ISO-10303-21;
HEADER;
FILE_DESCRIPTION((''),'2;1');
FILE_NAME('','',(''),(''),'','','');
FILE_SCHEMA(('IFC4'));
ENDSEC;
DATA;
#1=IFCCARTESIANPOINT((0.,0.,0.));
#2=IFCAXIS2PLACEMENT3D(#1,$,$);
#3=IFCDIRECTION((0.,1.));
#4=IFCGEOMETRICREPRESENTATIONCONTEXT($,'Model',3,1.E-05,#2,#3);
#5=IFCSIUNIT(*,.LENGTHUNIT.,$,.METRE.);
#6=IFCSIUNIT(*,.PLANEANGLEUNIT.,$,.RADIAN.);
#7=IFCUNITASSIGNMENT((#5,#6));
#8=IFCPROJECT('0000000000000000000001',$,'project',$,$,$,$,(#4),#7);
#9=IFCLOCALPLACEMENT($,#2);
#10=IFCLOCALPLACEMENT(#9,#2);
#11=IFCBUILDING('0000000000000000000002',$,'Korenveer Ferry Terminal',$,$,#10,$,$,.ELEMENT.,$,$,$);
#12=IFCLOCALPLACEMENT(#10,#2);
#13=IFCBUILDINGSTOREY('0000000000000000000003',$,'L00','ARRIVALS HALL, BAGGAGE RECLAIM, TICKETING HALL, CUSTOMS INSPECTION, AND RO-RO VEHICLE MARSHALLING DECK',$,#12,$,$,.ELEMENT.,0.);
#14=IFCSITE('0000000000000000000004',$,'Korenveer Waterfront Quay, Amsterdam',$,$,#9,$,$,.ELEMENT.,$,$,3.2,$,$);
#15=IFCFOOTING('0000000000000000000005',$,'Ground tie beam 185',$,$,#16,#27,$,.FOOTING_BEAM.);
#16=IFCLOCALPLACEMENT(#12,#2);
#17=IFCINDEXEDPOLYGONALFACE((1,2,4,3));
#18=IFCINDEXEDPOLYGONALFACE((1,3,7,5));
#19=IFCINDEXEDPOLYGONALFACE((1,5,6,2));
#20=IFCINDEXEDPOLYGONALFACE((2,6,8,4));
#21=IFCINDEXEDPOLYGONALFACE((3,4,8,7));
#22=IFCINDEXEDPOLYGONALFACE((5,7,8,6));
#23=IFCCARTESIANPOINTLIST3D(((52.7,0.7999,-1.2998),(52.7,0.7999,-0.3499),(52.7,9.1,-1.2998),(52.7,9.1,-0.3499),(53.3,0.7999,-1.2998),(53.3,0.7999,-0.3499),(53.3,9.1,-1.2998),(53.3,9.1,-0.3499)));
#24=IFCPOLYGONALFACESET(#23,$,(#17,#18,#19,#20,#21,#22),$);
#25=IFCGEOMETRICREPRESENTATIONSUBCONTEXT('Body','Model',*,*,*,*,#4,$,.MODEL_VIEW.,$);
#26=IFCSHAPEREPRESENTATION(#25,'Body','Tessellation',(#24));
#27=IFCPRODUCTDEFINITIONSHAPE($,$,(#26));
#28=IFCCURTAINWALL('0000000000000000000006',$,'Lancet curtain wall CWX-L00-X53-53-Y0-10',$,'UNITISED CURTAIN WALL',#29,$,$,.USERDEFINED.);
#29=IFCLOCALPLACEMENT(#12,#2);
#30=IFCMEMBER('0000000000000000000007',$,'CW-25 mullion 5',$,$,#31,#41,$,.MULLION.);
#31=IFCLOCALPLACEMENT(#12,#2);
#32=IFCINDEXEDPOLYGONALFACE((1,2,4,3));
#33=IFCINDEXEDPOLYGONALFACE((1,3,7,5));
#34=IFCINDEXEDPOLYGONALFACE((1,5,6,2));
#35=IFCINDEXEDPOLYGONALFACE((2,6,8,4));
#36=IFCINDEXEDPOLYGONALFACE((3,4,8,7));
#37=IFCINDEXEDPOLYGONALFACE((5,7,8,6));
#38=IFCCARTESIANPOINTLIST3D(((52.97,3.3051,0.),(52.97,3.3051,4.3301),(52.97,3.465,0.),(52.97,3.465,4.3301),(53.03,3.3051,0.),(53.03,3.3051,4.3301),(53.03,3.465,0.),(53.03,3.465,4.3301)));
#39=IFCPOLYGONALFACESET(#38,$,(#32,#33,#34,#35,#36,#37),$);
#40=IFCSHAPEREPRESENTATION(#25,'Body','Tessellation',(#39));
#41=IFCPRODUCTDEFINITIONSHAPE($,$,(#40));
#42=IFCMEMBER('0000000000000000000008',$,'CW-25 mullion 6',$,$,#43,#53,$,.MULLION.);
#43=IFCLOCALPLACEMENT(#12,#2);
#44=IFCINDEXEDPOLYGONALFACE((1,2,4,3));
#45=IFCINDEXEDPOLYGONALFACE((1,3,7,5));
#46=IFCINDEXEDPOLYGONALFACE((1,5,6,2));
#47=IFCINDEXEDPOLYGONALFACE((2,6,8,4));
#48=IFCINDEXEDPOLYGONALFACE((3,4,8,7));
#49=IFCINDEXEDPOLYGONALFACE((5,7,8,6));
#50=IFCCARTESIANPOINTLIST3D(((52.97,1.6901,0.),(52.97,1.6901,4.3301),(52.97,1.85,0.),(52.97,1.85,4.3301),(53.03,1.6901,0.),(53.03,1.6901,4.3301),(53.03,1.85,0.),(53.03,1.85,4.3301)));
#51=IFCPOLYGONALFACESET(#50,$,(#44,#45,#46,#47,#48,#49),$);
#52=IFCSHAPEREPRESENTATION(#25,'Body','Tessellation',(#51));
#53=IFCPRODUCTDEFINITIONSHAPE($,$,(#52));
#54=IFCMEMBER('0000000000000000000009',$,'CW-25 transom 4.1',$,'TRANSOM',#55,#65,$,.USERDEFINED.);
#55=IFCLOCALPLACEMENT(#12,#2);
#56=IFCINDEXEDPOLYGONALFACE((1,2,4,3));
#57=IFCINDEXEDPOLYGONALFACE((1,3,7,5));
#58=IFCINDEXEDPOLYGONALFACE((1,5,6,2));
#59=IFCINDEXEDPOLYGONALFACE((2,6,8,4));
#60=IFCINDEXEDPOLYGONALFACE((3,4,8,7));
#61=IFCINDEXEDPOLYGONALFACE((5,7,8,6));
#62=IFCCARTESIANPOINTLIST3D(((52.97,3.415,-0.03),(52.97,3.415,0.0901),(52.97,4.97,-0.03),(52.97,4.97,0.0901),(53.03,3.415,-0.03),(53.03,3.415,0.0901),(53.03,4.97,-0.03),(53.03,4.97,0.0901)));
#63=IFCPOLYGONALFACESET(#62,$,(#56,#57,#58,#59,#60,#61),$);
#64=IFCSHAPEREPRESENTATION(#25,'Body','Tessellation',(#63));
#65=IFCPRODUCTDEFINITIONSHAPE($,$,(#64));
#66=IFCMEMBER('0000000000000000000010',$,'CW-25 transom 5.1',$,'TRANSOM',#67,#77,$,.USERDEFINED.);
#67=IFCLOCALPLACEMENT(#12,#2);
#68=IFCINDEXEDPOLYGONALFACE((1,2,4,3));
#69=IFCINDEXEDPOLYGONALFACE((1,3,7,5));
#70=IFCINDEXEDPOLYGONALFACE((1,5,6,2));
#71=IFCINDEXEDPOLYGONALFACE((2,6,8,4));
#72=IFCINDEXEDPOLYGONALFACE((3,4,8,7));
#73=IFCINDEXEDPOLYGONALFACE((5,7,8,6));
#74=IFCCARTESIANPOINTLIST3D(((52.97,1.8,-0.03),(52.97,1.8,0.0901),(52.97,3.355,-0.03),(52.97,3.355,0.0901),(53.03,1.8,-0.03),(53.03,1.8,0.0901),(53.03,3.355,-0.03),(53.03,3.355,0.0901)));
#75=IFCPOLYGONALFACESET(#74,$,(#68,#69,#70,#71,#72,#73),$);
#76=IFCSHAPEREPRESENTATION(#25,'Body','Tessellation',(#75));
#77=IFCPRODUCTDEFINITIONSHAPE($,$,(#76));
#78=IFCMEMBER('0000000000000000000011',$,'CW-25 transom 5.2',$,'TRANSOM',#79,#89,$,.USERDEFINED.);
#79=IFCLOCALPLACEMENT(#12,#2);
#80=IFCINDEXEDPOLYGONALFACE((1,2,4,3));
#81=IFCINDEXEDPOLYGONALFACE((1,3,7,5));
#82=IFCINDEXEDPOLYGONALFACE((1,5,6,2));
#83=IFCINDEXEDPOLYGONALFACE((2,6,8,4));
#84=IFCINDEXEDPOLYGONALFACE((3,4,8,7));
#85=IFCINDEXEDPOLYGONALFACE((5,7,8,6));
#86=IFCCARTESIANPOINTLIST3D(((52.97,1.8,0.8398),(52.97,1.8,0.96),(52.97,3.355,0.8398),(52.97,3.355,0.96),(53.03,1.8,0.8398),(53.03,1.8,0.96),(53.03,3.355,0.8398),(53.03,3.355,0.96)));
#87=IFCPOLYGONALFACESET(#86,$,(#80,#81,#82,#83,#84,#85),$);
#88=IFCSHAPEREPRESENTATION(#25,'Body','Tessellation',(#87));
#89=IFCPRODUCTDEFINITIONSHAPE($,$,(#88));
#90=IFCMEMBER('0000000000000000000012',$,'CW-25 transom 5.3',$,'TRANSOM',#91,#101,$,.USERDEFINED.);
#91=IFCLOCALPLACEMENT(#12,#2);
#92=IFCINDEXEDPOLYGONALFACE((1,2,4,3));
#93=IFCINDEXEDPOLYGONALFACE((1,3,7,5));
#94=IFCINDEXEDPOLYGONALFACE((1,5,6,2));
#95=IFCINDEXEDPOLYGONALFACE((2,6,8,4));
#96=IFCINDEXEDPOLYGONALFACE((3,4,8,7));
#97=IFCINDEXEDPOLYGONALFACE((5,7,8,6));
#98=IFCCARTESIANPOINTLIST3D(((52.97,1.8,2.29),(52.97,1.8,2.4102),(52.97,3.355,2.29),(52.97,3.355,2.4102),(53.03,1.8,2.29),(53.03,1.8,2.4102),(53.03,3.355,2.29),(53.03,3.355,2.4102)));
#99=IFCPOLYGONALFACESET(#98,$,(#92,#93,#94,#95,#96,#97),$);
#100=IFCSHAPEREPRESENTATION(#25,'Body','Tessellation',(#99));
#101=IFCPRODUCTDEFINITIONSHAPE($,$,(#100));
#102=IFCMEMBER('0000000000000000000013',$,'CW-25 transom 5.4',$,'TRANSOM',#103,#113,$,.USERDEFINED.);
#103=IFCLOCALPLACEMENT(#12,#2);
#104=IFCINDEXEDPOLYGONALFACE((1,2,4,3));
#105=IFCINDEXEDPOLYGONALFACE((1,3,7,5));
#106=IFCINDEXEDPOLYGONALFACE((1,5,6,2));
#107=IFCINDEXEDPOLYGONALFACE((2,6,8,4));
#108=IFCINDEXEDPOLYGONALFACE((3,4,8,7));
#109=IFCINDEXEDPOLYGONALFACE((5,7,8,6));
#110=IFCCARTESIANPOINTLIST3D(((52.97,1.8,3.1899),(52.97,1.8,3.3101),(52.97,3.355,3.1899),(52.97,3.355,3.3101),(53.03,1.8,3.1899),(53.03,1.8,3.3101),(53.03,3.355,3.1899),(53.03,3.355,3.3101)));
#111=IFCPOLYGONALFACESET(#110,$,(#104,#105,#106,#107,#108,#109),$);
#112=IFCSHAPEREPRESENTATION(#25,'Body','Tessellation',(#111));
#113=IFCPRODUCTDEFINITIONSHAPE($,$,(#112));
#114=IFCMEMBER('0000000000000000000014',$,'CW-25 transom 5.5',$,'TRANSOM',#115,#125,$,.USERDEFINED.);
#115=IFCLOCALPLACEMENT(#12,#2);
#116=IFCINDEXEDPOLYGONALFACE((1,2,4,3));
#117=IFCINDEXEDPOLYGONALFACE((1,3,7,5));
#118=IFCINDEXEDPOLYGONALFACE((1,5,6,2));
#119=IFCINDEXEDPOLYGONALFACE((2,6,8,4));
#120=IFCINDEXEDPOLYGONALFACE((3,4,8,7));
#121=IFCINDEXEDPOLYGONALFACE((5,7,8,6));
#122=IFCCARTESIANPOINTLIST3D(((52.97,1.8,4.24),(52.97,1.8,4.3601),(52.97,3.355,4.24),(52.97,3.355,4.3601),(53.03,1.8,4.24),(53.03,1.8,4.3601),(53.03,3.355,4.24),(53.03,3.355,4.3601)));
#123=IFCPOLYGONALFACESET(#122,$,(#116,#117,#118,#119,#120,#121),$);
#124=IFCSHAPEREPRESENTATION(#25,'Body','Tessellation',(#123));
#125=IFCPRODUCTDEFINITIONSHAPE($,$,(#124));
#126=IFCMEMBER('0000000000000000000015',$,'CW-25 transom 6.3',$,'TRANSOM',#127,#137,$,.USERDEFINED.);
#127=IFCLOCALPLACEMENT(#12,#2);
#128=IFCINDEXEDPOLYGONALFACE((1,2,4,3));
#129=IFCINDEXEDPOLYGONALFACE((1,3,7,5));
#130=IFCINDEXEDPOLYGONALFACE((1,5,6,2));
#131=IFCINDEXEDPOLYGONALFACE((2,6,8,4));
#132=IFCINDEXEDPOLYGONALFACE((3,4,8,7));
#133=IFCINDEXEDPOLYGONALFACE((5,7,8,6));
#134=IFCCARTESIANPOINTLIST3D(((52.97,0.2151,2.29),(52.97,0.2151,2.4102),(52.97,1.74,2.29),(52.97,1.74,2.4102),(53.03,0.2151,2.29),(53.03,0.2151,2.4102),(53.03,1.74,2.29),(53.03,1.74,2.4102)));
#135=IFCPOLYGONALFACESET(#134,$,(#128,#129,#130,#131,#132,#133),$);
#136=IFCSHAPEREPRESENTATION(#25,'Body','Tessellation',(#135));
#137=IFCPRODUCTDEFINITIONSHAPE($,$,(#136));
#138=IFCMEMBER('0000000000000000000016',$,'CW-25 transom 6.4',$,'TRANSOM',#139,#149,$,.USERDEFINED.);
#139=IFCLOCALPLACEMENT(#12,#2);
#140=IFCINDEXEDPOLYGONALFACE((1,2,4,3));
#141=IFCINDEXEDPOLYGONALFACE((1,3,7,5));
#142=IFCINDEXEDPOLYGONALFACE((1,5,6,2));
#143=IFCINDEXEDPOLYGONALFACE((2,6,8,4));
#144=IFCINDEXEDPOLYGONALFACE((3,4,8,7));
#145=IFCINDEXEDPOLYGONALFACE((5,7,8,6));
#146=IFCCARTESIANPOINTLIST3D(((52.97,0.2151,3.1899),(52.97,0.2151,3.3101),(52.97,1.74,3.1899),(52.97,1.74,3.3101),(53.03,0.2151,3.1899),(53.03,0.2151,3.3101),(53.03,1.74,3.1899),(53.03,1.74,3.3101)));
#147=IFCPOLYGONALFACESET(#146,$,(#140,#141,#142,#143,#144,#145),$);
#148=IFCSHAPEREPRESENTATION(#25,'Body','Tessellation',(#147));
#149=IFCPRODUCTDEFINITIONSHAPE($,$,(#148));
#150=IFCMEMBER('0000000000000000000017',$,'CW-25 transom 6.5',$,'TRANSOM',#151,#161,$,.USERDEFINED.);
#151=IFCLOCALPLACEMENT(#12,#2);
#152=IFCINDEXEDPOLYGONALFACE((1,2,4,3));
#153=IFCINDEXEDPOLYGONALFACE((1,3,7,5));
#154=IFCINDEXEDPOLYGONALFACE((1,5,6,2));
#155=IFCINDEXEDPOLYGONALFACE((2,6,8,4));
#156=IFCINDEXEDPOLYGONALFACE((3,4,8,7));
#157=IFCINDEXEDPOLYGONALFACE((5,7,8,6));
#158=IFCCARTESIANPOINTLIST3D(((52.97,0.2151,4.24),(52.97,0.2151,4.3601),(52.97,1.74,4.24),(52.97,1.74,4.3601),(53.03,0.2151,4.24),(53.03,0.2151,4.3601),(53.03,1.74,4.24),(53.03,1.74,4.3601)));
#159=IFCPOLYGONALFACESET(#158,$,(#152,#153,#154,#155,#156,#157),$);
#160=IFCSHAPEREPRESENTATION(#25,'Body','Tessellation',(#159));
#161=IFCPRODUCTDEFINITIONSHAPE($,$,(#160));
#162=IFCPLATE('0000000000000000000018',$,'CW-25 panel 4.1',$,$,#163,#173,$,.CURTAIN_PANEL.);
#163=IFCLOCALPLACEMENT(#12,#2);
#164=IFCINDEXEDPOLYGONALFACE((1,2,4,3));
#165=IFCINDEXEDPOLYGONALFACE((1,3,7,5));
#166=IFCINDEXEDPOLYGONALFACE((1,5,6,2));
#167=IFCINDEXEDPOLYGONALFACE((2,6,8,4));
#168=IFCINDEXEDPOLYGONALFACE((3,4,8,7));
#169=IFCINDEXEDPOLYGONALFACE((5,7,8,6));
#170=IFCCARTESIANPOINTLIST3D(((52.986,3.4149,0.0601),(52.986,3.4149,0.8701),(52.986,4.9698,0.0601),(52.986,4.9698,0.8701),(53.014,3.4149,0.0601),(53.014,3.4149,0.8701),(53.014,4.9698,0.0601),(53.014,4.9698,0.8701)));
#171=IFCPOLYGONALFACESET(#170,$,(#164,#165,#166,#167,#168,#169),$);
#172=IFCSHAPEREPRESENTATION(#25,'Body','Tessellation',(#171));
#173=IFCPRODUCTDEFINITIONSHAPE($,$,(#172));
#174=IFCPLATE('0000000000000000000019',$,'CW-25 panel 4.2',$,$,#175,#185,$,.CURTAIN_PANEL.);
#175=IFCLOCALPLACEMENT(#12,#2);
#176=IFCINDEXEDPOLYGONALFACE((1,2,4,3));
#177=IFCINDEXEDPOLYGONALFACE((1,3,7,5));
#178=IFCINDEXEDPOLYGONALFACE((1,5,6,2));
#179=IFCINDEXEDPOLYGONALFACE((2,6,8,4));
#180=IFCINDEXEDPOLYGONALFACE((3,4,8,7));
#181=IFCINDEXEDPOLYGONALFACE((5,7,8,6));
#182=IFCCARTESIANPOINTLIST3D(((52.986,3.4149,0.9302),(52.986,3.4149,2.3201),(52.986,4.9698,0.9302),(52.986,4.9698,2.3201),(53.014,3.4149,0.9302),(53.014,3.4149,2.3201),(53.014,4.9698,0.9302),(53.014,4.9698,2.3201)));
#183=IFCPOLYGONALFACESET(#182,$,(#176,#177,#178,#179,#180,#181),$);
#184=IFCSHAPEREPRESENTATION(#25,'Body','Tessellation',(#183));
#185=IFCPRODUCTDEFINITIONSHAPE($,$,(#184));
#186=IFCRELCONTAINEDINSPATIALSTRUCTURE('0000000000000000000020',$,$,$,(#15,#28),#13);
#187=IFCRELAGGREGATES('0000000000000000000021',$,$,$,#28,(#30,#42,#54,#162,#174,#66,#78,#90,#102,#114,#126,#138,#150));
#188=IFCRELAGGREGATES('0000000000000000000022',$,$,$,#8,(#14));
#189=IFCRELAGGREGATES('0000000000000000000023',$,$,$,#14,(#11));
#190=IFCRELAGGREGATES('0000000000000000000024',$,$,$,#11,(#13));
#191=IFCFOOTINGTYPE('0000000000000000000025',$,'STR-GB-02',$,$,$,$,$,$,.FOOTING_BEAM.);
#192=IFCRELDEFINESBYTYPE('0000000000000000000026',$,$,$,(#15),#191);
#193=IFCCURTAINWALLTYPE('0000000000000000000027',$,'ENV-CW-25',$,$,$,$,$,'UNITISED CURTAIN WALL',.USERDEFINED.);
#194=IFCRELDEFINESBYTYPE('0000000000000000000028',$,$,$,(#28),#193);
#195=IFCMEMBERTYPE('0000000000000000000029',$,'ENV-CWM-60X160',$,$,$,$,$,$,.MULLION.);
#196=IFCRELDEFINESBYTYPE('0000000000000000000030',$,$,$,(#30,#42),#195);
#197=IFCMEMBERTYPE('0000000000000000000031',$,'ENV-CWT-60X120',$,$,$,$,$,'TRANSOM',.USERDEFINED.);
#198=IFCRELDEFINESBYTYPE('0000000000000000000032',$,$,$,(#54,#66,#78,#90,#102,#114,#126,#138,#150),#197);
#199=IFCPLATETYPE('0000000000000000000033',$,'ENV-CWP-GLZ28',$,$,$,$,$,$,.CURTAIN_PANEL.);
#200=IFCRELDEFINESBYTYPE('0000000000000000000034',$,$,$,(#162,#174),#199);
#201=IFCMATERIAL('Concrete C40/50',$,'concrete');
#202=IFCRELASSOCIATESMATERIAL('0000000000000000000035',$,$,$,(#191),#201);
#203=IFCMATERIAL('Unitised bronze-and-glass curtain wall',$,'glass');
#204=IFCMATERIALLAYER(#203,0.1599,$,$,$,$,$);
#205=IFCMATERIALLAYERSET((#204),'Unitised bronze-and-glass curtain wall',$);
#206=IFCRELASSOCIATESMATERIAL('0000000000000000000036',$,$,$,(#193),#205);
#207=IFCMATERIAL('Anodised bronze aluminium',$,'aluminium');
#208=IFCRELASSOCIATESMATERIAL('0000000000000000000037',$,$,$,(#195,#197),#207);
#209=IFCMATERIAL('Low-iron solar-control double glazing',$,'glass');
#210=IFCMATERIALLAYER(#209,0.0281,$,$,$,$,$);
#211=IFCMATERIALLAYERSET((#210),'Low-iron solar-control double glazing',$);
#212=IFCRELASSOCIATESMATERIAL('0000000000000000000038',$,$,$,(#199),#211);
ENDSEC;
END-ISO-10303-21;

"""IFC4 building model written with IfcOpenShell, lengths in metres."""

from ifc_helpers import new_model, si_unit, direction, frame, origin, origin_2d, place, context, subcontext, project, spatial, rectangle, extrude, material, layer, layer_set, material_profile, profile_set, type_object, element, aggregate, save


model = new_model("IFC4")

# Units and contexts
model_context = context("Model", 3, precision=1e-05, world=origin(), true_north=direction((0.0, 1.0)))
body_context = subcontext(model_context, "Body", "Model", "MODEL_VIEW")
ifc_project = project(units=[si_unit("LENGTHUNIT", "METRE"), si_unit("PLANEANGLEUNIT", "RADIAN")], contexts=[model_context])

# Site, building, storey
site_placement = place(None, origin())
site = spatial("IfcSite", under=ifc_project, at=site_placement, Name="Korenveer Waterfront Quay, Amsterdam", CompositionType="ELEMENT", RefElevation=3.2)
building_placement = place(site_placement, origin())
building = spatial("IfcBuilding", under=site, at=building_placement, Name="Korenveer Ferry Terminal", CompositionType="ELEMENT")
storey_placement = place(building_placement, origin())
storey = spatial("IfcBuildingStorey", under=building, at=storey_placement, Name="L00", Description="ARRIVALS HALL, BAGGAGE RECLAIM, TICKETING HALL, CUSTOMS INSPECTION, AND RO-RO VEHICLE MARSHALLING DECK", CompositionType="ELEMENT", Elevation=0.0)

# Footing
ifc_material_1 = material(Name="Concrete C40/50", Category="concrete")
footing_type = type_object("IfcFootingType", Name="STR-GB-02", PredefinedType="FOOTING_BEAM", material=ifc_material_1)
footing_placement = place(storey_placement, frame((53.0, 4.95, -1.2998), z_axis=(0.0, 0.0, 1.0), x_axis=(1.0, 0.0, 0.0)))
element("IfcFooting", 1, at=footing_placement, inside=storey, type_object=footing_type, Name="Ground tie beam 185", PredefinedType="FOOTING_BEAM", context=body_context, shape_type="SweptSolid", body=[
    extrude(rectangle(XDim=0.6001, YDim=8.3, at=origin_2d()), origin(), (0.0, 0.0, 1.0), 0.95),
])

# Curtain wall, members, plates
ifc_material_2 = material(Name="Unitised bronze-and-glass curtain wall", Category="glass")
ifc_layer_1 = layer(ifc_material_2, 0.1599)
ifc_layer_set_1 = layer_set([ifc_layer_1], Name="Unitised bronze-and-glass curtain wall")
curtain_wall_type = type_object("IfcCurtainWallType", Name="ENV-CW-25", ElementType="UNITISED CURTAIN WALL", PredefinedType="USERDEFINED", material=ifc_layer_set_1)
curtain_wall_placement = place(storey_placement, frame((53.0, 9.845, 0.0)))
curtain_wall = element("IfcCurtainWall", 2, at=curtain_wall_placement, inside=storey, type_object=curtain_wall_type, Name="Lancet curtain wall CWX-L00-X53-53-Y0-10", ObjectType="UNITISED CURTAIN WALL", PredefinedType="USERDEFINED")
ifc_material_3 = material(Name="Anodised bronze aluminium", Category="aluminium")
ifc_material_profile_1 = material_profile(ifc_material_3, rectangle(XDim=0.0601, YDim=0.1599, at=origin_2d()), Name="ALU 60x160")
ifc_profile_set_1 = profile_set([ifc_material_profile_1], Name="Anodised bronze aluminium")
member_type_1 = type_object("IfcMemberType", Name="ENV-CWM-60X160", PredefinedType="MULLION", material=ifc_profile_set_1)
member_1_placement = place(storey_placement, frame((53.0, 3.385, 0.0), z_axis=(0.0, 0.0, 1.0), x_axis=(1.0, 0.0, 0.0)))
member_1 = element("IfcMember", 3, at=member_1_placement, type_object=member_type_1, Name="CW-25 mullion 5", PredefinedType="MULLION", context=body_context, shape_type="SweptSolid", body=[
    extrude(rectangle(XDim=0.0601, YDim=0.1599, at=origin_2d()), origin(), (0.0, 0.0, 1.0), 4.3301),
])
member_2_placement = place(storey_placement, frame((53.0, 1.77, 0.0), z_axis=(0.0, 0.0, 1.0), x_axis=(1.0, 0.0, 0.0)))
member_2 = element("IfcMember", 4, at=member_2_placement, type_object=member_type_1, Name="CW-25 mullion 6", PredefinedType="MULLION", context=body_context, shape_type="SweptSolid", body=[
    extrude(rectangle(XDim=0.0601, YDim=0.1599, at=origin_2d()), origin(), (0.0, 0.0, 1.0), 4.3301),
])
ifc_material_profile_2 = material_profile(ifc_material_3, rectangle(XDim=0.0601, YDim=0.1201, at=origin_2d()), Name="ALU 60x120")
ifc_profile_set_2 = profile_set([ifc_material_profile_2], Name="Anodised bronze aluminium")
member_type_2 = type_object("IfcMemberType", Name="ENV-CWT-60X120", ElementType="TRANSOM", PredefinedType="USERDEFINED", material=ifc_profile_set_2)
member_3_placement = place(storey_placement, frame((53.0, 4.97, 0.03), z_axis=(0.0, -1.0, 0.0), x_axis=(1.0, 0.0, 0.0)))
member_3 = element("IfcMember", 5, at=member_3_placement, type_object=member_type_2, Name="CW-25 transom 4.1", ObjectType="TRANSOM", PredefinedType="USERDEFINED", context=body_context, shape_type="SweptSolid", body=[
    extrude(rectangle(XDim=0.0601, YDim=0.1201, at=origin_2d()), origin(), (0.0, 0.0, 1.0), 1.5549),
])
member_4_placement = place(storey_placement, frame((53.0, 3.355, 0.03), z_axis=(0.0, -1.0, 0.0), x_axis=(1.0, 0.0, 0.0)))
member_4 = element("IfcMember", 6, at=member_4_placement, type_object=member_type_2, Name="CW-25 transom 5.1", ObjectType="TRANSOM", PredefinedType="USERDEFINED", context=body_context, shape_type="SweptSolid", body=[
    extrude(rectangle(XDim=0.0601, YDim=0.1201, at=origin_2d()), origin(), (0.0, 0.0, 1.0), 1.5549),
])
member_5_placement = place(storey_placement, frame((53.0, 3.355, 0.8999), z_axis=(0.0, -1.0, 0.0), x_axis=(1.0, 0.0, 0.0)))
member_5 = element("IfcMember", 7, at=member_5_placement, type_object=member_type_2, Name="CW-25 transom 5.2", ObjectType="TRANSOM", PredefinedType="USERDEFINED", context=body_context, shape_type="SweptSolid", body=[
    extrude(rectangle(XDim=0.0601, YDim=0.1201, at=origin_2d()), origin(), (0.0, 0.0, 1.0), 1.5549),
])
member_6_placement = place(storey_placement, frame((53.0, 3.355, 2.3501), z_axis=(0.0, -1.0, 0.0), x_axis=(1.0, 0.0, 0.0)))
member_6 = element("IfcMember", 8, at=member_6_placement, type_object=member_type_2, Name="CW-25 transom 5.3", ObjectType="TRANSOM", PredefinedType="USERDEFINED", context=body_context, shape_type="SweptSolid", body=[
    extrude(rectangle(XDim=0.0601, YDim=0.1201, at=origin_2d()), origin(), (0.0, 0.0, 1.0), 1.5549),
])
member_7_placement = place(storey_placement, frame((53.0, 3.355, 3.25), z_axis=(0.0, -1.0, 0.0), x_axis=(1.0, 0.0, 0.0)))
member_7 = element("IfcMember", 9, at=member_7_placement, type_object=member_type_2, Name="CW-25 transom 5.4", ObjectType="TRANSOM", PredefinedType="USERDEFINED", context=body_context, shape_type="SweptSolid", body=[
    extrude(rectangle(XDim=0.0601, YDim=0.1201, at=origin_2d()), origin(), (0.0, 0.0, 1.0), 1.5549),
])
member_8_placement = place(storey_placement, frame((53.0, 3.355, 4.3), z_axis=(0.0, -1.0, 0.0), x_axis=(1.0, 0.0, 0.0)))
member_8 = element("IfcMember", 10, at=member_8_placement, type_object=member_type_2, Name="CW-25 transom 5.5", ObjectType="TRANSOM", PredefinedType="USERDEFINED", context=body_context, shape_type="SweptSolid", body=[
    extrude(rectangle(XDim=0.0601, YDim=0.1201, at=origin_2d()), origin(), (0.0, 0.0, 1.0), 1.5549),
])
member_9_placement = place(storey_placement, frame((53.0, 1.74, 2.3501), z_axis=(0.0, -1.0, 0.0), x_axis=(1.0, 0.0, 0.0)))
member_9 = element("IfcMember", 11, at=member_9_placement, type_object=member_type_2, Name="CW-25 transom 6.3", ObjectType="TRANSOM", PredefinedType="USERDEFINED", context=body_context, shape_type="SweptSolid", body=[
    extrude(rectangle(XDim=0.0601, YDim=0.1201, at=origin_2d()), origin(), (0.0, 0.0, 1.0), 1.5249),
])
member_10_placement = place(storey_placement, frame((53.0, 1.74, 3.25), z_axis=(0.0, -1.0, 0.0), x_axis=(1.0, 0.0, 0.0)))
member_10 = element("IfcMember", 12, at=member_10_placement, type_object=member_type_2, Name="CW-25 transom 6.4", ObjectType="TRANSOM", PredefinedType="USERDEFINED", context=body_context, shape_type="SweptSolid", body=[
    extrude(rectangle(XDim=0.0601, YDim=0.1201, at=origin_2d()), origin(), (0.0, 0.0, 1.0), 1.5249),
])
member_11_placement = place(storey_placement, frame((53.0, 1.74, 4.3), z_axis=(0.0, -1.0, 0.0), x_axis=(1.0, 0.0, 0.0)))
member_11 = element("IfcMember", 13, at=member_11_placement, type_object=member_type_2, Name="CW-25 transom 6.5", ObjectType="TRANSOM", PredefinedType="USERDEFINED", context=body_context, shape_type="SweptSolid", body=[
    extrude(rectangle(XDim=0.0601, YDim=0.1201, at=origin_2d()), origin(), (0.0, 0.0, 1.0), 1.5249),
])
ifc_material_4 = material(Name="Low-iron solar-control double glazing", Category="glass")
ifc_layer_2 = layer(ifc_material_4, 0.0281)
ifc_layer_set_2 = layer_set([ifc_layer_2], Name="Low-iron solar-control double glazing")
plate_type = type_object("IfcPlateType", Name="ENV-CWP-GLZ28", PredefinedType="CURTAIN_PANEL", material=ifc_layer_set_2)
plate_1_placement = place(storey_placement, frame((53.0, 4.1924, 0.0601), z_axis=(0.0, 0.0, 1.0), x_axis=(0.0, -1.0, 0.0)))
plate_1 = element("IfcPlate", 14, at=plate_1_placement, type_object=plate_type, Name="CW-25 panel 4.1", PredefinedType="CURTAIN_PANEL", context=body_context, shape_type="SweptSolid", body=[
    extrude(rectangle(XDim=1.5549, YDim=0.0281, at=origin_2d()), origin(), (0.0, 0.0, 1.0), 0.8101),
])
plate_2_placement = place(storey_placement, frame((53.0, 4.1924, 0.9302), z_axis=(0.0, 0.0, 1.0), x_axis=(0.0, -1.0, 0.0)))
plate_2 = element("IfcPlate", 15, at=plate_2_placement, type_object=plate_type, Name="CW-25 panel 4.2", PredefinedType="CURTAIN_PANEL", context=body_context, shape_type="SweptSolid", body=[
    extrude(rectangle(XDim=1.5549, YDim=0.0281, at=origin_2d()), origin(), (0.0, 0.0, 1.0), 1.3899),
])
aggregate(curtain_wall, [member_1, member_2, member_3, plate_1, plate_2, member_4, member_5, member_6, member_7, member_8, member_9, member_10, member_11])

save(model, "model.ifc")
